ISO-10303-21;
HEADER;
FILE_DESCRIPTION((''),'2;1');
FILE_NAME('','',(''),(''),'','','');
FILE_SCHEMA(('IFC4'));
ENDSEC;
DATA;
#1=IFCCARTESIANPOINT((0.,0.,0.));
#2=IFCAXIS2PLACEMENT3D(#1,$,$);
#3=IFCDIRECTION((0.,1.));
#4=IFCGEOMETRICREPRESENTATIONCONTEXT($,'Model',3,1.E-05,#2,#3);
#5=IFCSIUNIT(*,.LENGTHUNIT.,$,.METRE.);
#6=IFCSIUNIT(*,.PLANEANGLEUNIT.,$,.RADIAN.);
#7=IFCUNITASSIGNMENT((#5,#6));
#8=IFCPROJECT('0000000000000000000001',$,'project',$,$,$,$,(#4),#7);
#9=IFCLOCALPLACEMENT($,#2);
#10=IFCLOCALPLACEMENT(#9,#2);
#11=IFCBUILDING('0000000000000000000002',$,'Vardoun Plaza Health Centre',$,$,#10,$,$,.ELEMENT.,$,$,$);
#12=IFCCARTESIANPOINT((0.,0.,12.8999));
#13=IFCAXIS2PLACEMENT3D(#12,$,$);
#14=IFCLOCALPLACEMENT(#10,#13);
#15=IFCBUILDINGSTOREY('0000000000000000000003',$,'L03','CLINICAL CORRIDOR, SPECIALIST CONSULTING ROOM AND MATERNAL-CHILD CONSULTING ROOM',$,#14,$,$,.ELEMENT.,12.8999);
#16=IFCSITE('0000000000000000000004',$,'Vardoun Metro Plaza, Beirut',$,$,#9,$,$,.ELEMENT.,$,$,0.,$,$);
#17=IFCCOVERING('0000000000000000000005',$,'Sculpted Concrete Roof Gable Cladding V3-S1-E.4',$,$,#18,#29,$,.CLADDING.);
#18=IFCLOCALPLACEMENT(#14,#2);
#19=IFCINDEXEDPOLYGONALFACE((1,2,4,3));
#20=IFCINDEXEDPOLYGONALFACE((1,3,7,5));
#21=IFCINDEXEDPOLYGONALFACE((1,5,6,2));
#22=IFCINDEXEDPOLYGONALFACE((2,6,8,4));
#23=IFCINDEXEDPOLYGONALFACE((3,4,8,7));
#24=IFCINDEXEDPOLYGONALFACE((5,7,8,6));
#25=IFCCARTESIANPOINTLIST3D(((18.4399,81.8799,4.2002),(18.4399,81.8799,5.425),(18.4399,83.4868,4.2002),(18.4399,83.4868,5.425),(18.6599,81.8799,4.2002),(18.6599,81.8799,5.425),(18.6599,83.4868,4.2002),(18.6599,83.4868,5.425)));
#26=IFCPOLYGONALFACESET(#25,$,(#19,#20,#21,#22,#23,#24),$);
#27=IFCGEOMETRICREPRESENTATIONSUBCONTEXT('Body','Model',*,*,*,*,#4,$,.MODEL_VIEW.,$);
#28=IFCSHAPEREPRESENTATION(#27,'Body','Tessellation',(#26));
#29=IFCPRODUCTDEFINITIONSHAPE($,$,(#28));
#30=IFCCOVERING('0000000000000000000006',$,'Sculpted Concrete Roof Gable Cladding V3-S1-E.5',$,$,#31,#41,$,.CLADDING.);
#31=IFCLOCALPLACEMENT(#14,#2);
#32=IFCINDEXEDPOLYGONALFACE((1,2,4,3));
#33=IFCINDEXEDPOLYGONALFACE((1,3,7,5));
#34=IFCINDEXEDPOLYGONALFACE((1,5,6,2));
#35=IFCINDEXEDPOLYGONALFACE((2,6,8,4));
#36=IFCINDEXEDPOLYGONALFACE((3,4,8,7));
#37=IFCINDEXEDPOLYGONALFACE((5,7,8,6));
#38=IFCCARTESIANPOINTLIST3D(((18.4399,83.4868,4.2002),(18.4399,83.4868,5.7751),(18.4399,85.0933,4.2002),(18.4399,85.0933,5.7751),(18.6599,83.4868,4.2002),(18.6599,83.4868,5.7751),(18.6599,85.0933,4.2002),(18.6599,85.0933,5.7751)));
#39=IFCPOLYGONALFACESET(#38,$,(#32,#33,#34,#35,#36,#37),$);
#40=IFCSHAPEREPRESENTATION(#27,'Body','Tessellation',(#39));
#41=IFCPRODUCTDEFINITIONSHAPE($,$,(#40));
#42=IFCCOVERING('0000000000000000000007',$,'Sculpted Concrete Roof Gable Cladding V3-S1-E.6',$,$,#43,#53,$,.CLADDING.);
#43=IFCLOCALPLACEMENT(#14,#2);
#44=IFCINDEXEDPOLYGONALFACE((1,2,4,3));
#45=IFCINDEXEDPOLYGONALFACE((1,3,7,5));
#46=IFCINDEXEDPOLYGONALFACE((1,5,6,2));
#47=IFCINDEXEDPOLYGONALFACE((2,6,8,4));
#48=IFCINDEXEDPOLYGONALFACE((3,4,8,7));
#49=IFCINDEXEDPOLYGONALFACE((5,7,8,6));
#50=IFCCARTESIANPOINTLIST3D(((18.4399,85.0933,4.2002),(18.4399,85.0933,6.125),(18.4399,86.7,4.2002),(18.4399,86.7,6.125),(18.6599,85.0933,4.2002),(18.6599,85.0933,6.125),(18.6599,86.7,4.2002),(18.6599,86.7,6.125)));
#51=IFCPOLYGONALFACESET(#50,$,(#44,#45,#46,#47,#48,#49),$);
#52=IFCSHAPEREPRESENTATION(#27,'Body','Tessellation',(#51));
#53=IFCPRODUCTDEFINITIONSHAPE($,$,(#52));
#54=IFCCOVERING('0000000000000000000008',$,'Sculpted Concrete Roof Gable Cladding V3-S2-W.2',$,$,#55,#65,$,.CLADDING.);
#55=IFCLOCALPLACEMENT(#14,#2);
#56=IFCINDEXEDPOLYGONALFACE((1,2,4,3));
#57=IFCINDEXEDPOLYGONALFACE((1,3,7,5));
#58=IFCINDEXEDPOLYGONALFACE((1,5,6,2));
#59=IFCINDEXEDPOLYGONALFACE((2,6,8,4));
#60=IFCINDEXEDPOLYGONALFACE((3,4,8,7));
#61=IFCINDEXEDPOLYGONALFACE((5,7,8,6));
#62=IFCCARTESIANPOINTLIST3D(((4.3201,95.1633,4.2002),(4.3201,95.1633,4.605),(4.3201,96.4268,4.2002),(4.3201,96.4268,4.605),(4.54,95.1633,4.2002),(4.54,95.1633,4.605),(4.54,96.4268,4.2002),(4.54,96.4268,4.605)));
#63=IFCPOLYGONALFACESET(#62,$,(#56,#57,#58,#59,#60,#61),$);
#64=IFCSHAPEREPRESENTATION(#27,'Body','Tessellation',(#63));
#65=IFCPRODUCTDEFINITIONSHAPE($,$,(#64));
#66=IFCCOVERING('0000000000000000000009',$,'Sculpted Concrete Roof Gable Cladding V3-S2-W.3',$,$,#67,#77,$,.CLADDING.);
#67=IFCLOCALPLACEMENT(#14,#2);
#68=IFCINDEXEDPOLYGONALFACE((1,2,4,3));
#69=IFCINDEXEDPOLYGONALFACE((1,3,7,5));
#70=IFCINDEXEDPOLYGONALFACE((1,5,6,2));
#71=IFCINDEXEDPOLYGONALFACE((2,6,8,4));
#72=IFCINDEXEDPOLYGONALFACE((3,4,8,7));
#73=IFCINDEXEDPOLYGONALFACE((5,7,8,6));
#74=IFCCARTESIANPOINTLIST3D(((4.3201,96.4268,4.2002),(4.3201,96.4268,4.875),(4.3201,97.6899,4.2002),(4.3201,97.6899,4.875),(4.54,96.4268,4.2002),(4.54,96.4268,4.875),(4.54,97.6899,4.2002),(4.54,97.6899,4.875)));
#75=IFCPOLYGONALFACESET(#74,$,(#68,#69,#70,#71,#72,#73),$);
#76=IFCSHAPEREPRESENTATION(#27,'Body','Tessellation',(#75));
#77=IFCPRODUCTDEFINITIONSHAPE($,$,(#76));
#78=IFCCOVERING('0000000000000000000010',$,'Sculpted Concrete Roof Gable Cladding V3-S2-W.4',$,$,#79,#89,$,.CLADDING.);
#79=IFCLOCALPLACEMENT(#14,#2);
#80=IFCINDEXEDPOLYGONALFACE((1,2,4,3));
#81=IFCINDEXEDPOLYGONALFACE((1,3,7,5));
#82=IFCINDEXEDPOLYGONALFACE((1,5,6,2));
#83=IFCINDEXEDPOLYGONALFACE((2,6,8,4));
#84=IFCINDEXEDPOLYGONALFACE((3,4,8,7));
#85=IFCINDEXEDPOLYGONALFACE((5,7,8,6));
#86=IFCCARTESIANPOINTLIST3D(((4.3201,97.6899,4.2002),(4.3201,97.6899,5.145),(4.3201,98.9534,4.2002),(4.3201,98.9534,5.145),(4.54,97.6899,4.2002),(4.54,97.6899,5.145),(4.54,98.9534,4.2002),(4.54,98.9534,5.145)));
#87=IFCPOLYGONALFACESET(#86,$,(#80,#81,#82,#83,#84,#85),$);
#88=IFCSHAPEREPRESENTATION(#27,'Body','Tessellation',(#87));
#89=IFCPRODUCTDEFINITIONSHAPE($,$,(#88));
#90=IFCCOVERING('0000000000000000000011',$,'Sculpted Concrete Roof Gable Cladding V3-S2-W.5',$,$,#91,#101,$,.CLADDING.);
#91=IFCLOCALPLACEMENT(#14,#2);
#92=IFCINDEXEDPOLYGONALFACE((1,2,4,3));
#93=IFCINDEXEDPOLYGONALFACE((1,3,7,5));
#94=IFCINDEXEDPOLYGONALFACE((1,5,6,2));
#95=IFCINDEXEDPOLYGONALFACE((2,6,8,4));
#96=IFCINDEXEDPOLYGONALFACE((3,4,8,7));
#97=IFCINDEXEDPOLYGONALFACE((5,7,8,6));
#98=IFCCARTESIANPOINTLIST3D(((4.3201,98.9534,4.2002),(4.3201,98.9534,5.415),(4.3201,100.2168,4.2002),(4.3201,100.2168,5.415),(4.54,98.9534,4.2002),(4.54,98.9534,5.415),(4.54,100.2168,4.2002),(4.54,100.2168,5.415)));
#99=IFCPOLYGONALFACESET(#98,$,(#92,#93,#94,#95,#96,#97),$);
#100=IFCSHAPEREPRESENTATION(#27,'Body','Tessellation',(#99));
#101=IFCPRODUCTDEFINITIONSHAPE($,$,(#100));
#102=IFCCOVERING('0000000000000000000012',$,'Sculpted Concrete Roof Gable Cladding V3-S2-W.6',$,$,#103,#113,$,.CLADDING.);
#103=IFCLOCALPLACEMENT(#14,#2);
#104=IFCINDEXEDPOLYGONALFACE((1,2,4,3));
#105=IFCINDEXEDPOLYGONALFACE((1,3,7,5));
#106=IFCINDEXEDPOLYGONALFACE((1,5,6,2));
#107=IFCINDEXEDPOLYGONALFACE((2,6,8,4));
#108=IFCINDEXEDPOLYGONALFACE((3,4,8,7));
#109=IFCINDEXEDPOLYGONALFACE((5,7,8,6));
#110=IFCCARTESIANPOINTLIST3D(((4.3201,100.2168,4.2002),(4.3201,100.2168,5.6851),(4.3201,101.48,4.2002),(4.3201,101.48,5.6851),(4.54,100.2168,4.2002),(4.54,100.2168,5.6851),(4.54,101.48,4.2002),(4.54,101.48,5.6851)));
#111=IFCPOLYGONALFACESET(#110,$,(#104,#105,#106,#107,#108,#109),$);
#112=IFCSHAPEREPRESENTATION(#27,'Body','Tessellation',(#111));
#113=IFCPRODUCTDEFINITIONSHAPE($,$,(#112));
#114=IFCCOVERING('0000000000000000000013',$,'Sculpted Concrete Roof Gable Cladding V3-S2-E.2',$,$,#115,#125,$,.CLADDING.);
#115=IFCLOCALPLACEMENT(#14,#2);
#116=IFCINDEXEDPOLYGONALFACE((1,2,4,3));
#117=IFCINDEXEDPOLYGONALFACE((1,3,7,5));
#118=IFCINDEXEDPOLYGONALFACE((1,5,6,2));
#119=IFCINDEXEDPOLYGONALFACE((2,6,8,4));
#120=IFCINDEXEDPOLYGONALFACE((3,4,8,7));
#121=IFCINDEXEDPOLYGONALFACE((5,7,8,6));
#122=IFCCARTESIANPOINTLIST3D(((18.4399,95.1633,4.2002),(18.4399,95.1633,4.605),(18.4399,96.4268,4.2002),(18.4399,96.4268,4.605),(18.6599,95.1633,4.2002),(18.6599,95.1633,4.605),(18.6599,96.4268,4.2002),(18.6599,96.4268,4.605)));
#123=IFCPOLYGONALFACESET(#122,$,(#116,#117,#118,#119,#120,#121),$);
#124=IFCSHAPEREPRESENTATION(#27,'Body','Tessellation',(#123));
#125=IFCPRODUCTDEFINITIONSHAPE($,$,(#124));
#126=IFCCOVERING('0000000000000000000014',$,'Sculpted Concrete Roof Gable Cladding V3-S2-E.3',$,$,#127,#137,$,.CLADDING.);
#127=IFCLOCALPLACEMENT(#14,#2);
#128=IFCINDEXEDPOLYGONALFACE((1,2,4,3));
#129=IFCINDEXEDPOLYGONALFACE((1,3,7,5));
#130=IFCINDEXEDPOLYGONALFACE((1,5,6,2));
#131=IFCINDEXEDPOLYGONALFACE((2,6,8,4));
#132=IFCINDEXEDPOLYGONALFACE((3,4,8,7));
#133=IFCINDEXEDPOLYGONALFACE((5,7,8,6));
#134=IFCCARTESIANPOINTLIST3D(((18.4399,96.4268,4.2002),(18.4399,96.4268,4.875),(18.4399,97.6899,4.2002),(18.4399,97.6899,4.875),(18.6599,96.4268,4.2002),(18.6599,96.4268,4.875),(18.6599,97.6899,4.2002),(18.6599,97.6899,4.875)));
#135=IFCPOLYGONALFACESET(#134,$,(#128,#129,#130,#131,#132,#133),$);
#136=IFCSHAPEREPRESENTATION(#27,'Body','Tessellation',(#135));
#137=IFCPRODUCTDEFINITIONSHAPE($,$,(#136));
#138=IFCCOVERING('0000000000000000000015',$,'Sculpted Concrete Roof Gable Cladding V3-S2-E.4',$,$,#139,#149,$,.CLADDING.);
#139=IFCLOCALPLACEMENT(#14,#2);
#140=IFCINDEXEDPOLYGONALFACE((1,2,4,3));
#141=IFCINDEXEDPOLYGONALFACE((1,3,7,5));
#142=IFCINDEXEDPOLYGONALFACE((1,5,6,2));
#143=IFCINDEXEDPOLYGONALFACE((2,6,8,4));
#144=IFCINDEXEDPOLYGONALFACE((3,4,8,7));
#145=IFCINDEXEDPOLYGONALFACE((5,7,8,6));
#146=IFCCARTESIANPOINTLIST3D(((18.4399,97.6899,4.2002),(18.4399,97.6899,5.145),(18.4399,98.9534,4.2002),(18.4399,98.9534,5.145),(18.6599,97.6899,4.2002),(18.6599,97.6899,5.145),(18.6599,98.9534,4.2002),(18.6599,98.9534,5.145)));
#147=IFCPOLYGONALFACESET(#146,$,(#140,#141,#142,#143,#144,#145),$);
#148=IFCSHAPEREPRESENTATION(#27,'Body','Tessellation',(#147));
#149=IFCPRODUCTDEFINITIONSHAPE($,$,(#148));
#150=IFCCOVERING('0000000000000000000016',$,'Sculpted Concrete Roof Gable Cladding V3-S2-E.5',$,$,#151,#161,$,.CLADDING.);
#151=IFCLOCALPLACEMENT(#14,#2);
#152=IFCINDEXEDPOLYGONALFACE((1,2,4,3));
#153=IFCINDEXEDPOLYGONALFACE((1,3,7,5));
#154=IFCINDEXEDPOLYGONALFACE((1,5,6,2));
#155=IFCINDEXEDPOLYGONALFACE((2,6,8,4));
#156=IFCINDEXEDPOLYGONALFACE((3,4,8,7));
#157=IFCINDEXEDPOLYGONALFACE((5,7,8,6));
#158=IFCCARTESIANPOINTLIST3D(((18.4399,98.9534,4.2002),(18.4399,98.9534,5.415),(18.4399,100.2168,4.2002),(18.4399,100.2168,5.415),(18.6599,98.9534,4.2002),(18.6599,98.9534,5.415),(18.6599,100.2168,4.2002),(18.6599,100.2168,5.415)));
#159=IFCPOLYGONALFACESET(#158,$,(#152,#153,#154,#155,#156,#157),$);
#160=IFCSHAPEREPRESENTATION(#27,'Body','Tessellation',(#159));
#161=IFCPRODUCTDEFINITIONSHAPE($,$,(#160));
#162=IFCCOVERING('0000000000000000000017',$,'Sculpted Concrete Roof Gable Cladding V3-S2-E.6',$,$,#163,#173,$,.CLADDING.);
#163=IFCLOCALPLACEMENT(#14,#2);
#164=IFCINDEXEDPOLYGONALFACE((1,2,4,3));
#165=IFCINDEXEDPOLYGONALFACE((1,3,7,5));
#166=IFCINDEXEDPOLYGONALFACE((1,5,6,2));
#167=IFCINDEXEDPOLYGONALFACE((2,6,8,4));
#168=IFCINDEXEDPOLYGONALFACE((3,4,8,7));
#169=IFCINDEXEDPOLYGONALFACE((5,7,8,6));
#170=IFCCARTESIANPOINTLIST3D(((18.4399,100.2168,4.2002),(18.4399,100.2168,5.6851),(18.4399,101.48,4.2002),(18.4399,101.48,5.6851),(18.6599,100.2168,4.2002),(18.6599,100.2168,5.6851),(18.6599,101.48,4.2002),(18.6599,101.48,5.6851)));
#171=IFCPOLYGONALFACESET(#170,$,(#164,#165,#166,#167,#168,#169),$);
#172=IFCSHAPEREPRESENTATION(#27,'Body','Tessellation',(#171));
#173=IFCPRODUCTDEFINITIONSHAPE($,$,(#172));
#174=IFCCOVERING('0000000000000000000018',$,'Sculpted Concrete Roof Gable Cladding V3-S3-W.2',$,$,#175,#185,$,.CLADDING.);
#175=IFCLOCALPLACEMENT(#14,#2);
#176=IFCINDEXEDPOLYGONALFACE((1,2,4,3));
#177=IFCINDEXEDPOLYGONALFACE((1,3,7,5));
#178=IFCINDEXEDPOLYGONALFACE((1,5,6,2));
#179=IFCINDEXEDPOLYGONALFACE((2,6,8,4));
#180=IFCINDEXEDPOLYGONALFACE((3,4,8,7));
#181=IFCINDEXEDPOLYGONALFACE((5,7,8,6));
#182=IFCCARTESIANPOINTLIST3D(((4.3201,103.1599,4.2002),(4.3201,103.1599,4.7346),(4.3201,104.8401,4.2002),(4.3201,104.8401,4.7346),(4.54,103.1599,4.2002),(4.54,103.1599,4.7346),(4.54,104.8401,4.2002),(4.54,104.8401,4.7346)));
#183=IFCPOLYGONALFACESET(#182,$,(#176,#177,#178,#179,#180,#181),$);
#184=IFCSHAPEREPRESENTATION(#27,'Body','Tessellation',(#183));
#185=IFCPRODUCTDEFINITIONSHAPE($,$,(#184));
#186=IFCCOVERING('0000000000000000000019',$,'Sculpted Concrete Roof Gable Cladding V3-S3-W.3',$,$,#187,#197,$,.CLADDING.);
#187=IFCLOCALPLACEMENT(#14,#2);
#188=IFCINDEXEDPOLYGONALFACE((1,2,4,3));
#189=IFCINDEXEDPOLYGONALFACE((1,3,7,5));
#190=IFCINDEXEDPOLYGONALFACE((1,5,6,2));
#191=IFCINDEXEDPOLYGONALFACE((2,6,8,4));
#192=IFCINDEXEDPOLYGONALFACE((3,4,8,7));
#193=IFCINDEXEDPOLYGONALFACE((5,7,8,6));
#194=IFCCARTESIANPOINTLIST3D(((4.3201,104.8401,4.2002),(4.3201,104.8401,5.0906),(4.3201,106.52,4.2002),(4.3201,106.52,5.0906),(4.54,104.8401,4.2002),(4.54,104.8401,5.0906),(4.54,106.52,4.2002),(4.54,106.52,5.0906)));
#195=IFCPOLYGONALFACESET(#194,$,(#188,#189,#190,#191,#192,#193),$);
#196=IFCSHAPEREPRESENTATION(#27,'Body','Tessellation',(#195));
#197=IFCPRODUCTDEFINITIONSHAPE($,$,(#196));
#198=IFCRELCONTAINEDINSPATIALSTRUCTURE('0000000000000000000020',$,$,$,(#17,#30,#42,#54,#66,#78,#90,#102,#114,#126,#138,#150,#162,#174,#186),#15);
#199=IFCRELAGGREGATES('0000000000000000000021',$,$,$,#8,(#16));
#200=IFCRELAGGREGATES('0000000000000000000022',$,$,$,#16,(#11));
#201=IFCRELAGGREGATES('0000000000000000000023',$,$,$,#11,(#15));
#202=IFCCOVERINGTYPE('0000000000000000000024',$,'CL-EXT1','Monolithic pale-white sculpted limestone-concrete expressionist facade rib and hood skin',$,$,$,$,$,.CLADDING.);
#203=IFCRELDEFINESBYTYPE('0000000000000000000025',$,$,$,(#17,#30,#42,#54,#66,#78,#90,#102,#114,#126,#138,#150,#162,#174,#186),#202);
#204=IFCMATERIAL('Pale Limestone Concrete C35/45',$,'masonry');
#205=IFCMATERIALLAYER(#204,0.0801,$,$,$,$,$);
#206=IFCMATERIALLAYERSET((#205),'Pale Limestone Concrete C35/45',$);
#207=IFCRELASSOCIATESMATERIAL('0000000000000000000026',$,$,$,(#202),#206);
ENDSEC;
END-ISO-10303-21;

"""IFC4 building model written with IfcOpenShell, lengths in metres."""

from ifc_helpers import new_model, si_unit, direction, frame, origin, place, context, subcontext, project, spatial, polyline, outline, extrude, material, layer, layer_set, type_object, element, save


model = new_model("IFC4")

# Units and contexts
model_context = context("Model", 3, precision=1e-05, world=origin(), true_north=direction((0.0, 1.0)))
body_context = subcontext(model_context, "Body", "Model", "MODEL_VIEW")
ifc_project = project(units=[si_unit("LENGTHUNIT", "METRE"), si_unit("PLANEANGLEUNIT", "RADIAN")], contexts=[model_context])

# Site, building, storey
site_placement = place(None, origin())
site = spatial("IfcSite", under=ifc_project, at=site_placement, Name="Vardoun Metro Plaza, Beirut", CompositionType="ELEMENT", RefElevation=0.0)
building_placement = place(site_placement, origin())
building = spatial("IfcBuilding", under=site, at=building_placement, Name="Vardoun Plaza Health Centre", CompositionType="ELEMENT")
storey_placement = place(building_placement, frame((0.0, 0.0, 12.8999)))
storey = spatial("IfcBuildingStorey", under=building, at=storey_placement, Name="L03", Description="CLINICAL CORRIDOR, SPECIALIST CONSULTING ROOM AND MATERNAL-CHILD CONSULTING ROOM", CompositionType="ELEMENT", Elevation=12.8999)

# Coverings
ifc_material = material(Name="Pale Limestone Concrete C35/45", Category="masonry")
ifc_layer = layer(ifc_material, 0.0801)
ifc_layer_set = layer_set([ifc_layer], Name="Pale Limestone Concrete C35/45")
covering_type = type_object("IfcCoveringType", Name="CL-EXT1", Description="Monolithic pale-white sculpted limestone-concrete expressionist facade rib and hood skin", PredefinedType="CLADDING", material=ifc_layer_set)
covering_1_placement = place(storey_placement, frame((0.0, 0.0, 4.2002)))
element("IfcCovering", 1, at=covering_1_placement, inside=storey, type_object=covering_type, Name="Sculpted Concrete Roof Gable Cladding V3-S1-E.4", PredefinedType="CLADDING", context=body_context, shape_type="SweptSolid", body=[
    extrude(outline(polyline([(18.6599, 81.8799), (18.6599, 83.4868), (18.4399, 83.4868), (18.4399, 81.8799), (18.6599, 81.8799)])), origin(), (0.0, 0.0, 1.0), 1.2249),
])
covering_2_placement = place(storey_placement, frame((0.0, 0.0, 4.2002)))
element("IfcCovering", 2, at=covering_2_placement, inside=storey, type_object=covering_type, Name="Sculpted Concrete Roof Gable Cladding V3-S1-E.5", PredefinedType="CLADDING", context=body_context, shape_type="SweptSolid", body=[
    extrude(outline(polyline([(18.6599, 83.4868), (18.6599, 85.0933), (18.4399, 85.0933), (18.4399, 83.4868), (18.6599, 83.4868)])), origin(), (0.0, 0.0, 1.0), 1.575),
])
covering_3_placement = place(storey_placement, frame((0.0, 0.0, 4.2002)))
element("IfcCovering", 3, at=covering_3_placement, inside=storey, type_object=covering_type, Name="Sculpted Concrete Roof Gable Cladding V3-S1-E.6", PredefinedType="CLADDING", context=body_context, shape_type="SweptSolid", body=[
    extrude(outline(polyline([(18.6599, 85.0933), (18.6599, 86.7), (18.4399, 86.7), (18.4399, 85.0933), (18.6599, 85.0933)])), origin(), (0.0, 0.0, 1.0), 1.9248),
])
covering_4_placement = place(storey_placement, frame((0.0, 0.0, 4.2002)))
element("IfcCovering", 4, at=covering_4_placement, inside=storey, type_object=covering_type, Name="Sculpted Concrete Roof Gable Cladding V3-S2-W.2", PredefinedType="CLADDING", context=body_context, shape_type="SweptSolid", body=[
    extrude(outline(polyline([(4.54, 95.1633), (4.54, 96.4268), (4.3201, 96.4268), (4.3201, 95.1633), (4.54, 95.1633)])), origin(), (0.0, 0.0, 1.0), 0.4048),
])
covering_5_placement = place(storey_placement, frame((0.0, 0.0, 4.2002)))
element("IfcCovering", 5, at=covering_5_placement, inside=storey, type_object=covering_type, Name="Sculpted Concrete Roof Gable Cladding V3-S2-W.3", PredefinedType="CLADDING", context=body_context, shape_type="SweptSolid", body=[
    extrude(outline(polyline([(4.54, 96.4268), (4.54, 97.6899), (4.3201, 97.6899), (4.3201, 96.4268), (4.54, 96.4268)])), origin(), (0.0, 0.0, 1.0), 0.6748),
])
covering_6_placement = place(storey_placement, frame((0.0, 0.0, 4.2002)))
element("IfcCovering", 6, at=covering_6_placement, inside=storey, type_object=covering_type, Name="Sculpted Concrete Roof Gable Cladding V3-S2-W.4", PredefinedType="CLADDING", context=body_context, shape_type="SweptSolid", body=[
    extrude(outline(polyline([(4.54, 97.6899), (4.54, 98.9534), (4.3201, 98.9534), (4.3201, 97.6899), (4.54, 97.6899)])), origin(), (0.0, 0.0, 1.0), 0.9448),
])
covering_7_placement = place(storey_placement, frame((0.0, 0.0, 4.2002)))
element("IfcCovering", 7, at=covering_7_placement, inside=storey, type_object=covering_type, Name="Sculpted Concrete Roof Gable Cladding V3-S2-W.5", PredefinedType="CLADDING", context=body_context, shape_type="SweptSolid", body=[
    extrude(outline(polyline([(4.54, 98.9534), (4.54, 100.2168), (4.3201, 100.2168), (4.3201, 98.9534), (4.54, 98.9534)])), origin(), (0.0, 0.0, 1.0), 1.2148),
])
covering_8_placement = place(storey_placement, frame((0.0, 0.0, 4.2002)))
element("IfcCovering", 8, at=covering_8_placement, inside=storey, type_object=covering_type, Name="Sculpted Concrete Roof Gable Cladding V3-S2-W.6", PredefinedType="CLADDING", context=body_context, shape_type="SweptSolid", body=[
    extrude(outline(polyline([(4.54, 100.2168), (4.54, 101.48), (4.3201, 101.48), (4.3201, 100.2168), (4.54, 100.2168)])), origin(), (0.0, 0.0, 1.0), 1.4849),
])
covering_9_placement = place(storey_placement, frame((0.0, 0.0, 4.2002)))
element("IfcCovering", 9, at=covering_9_placement, inside=storey, type_object=covering_type, Name="Sculpted Concrete Roof Gable Cladding V3-S2-E.2", PredefinedType="CLADDING", context=body_context, shape_type="SweptSolid", body=[
    extrude(outline(polyline([(18.6599, 95.1633), (18.6599, 96.4268), (18.4399, 96.4268), (18.4399, 95.1633), (18.6599, 95.1633)])), origin(), (0.0, 0.0, 1.0), 0.4048),
])
covering_10_placement = place(storey_placement, frame((0.0, 0.0, 4.2002)))
element("IfcCovering", 10, at=covering_10_placement, inside=storey, type_object=covering_type, Name="Sculpted Concrete Roof Gable Cladding V3-S2-E.3", PredefinedType="CLADDING", context=body_context, shape_type="SweptSolid", body=[
    extrude(outline(polyline([(18.6599, 96.4268), (18.6599, 97.6899), (18.4399, 97.6899), (18.4399, 96.4268), (18.6599, 96.4268)])), origin(), (0.0, 0.0, 1.0), 0.6748),
])
covering_11_placement = place(storey_placement, frame((0.0, 0.0, 4.2002)))
element("IfcCovering", 11, at=covering_11_placement, inside=storey, type_object=covering_type, Name="Sculpted Concrete Roof Gable Cladding V3-S2-E.4", PredefinedType="CLADDING", context=body_context, shape_type="SweptSolid", body=[
    extrude(outline(polyline([(18.6599, 97.6899), (18.6599, 98.9534), (18.4399, 98.9534), (18.4399, 97.6899), (18.6599, 97.6899)])), origin(), (0.0, 0.0, 1.0), 0.9448),
])
covering_12_placement = place(storey_placement, frame((0.0, 0.0, 4.2002)))
element("IfcCovering", 12, at=covering_12_placement, inside=storey, type_object=covering_type, Name="Sculpted Concrete Roof Gable Cladding V3-S2-E.5", PredefinedType="CLADDING", context=body_context, shape_type="SweptSolid", body=[
    extrude(outline(polyline([(18.6599, 98.9534), (18.6599, 100.2168), (18.4399, 100.2168), (18.4399, 98.9534), (18.6599, 98.9534)])), origin(), (0.0, 0.0, 1.0), 1.2148),
])
covering_13_placement = place(storey_placement, frame((0.0, 0.0, 4.2002)))
element("IfcCovering", 13, at=covering_13_placement, inside=storey, type_object=covering_type, Name="Sculpted Concrete Roof Gable Cladding V3-S2-E.6", PredefinedType="CLADDING", context=body_context, shape_type="SweptSolid", body=[
    extrude(outline(polyline([(18.6599, 100.2168), (18.6599, 101.48), (18.4399, 101.48), (18.4399, 100.2168), (18.6599, 100.2168)])), origin(), (0.0, 0.0, 1.0), 1.4849),
])
covering_14_placement = place(storey_placement, frame((0.0, 0.0, 4.2002)))
element("IfcCovering", 14, at=covering_14_placement, inside=storey, type_object=covering_type, Name="Sculpted Concrete Roof Gable Cladding V3-S3-W.2", PredefinedType="CLADDING", context=body_context, shape_type="SweptSolid", body=[
    extrude(outline(polyline([(4.54, 103.1599), (4.54, 104.8401), (4.3201, 104.8401), (4.3201, 103.1599), (4.54, 103.1599)])), origin(), (0.0, 0.0, 1.0), 0.5344),
])
covering_15_placement = place(storey_placement, frame((0.0, 0.0, 4.2002)))
element("IfcCovering", 15, at=covering_15_placement, inside=storey, type_object=covering_type, Name="Sculpted Concrete Roof Gable Cladding V3-S3-W.3", PredefinedType="CLADDING", context=body_context, shape_type="SweptSolid", body=[
    extrude(outline(polyline([(4.54, 104.8401), (4.54, 106.52), (4.3201, 106.52), (4.3201, 104.8401), (4.54, 104.8401)])), origin(), (0.0, 0.0, 1.0), 0.8904),
])

save(model, "model.ifc")
